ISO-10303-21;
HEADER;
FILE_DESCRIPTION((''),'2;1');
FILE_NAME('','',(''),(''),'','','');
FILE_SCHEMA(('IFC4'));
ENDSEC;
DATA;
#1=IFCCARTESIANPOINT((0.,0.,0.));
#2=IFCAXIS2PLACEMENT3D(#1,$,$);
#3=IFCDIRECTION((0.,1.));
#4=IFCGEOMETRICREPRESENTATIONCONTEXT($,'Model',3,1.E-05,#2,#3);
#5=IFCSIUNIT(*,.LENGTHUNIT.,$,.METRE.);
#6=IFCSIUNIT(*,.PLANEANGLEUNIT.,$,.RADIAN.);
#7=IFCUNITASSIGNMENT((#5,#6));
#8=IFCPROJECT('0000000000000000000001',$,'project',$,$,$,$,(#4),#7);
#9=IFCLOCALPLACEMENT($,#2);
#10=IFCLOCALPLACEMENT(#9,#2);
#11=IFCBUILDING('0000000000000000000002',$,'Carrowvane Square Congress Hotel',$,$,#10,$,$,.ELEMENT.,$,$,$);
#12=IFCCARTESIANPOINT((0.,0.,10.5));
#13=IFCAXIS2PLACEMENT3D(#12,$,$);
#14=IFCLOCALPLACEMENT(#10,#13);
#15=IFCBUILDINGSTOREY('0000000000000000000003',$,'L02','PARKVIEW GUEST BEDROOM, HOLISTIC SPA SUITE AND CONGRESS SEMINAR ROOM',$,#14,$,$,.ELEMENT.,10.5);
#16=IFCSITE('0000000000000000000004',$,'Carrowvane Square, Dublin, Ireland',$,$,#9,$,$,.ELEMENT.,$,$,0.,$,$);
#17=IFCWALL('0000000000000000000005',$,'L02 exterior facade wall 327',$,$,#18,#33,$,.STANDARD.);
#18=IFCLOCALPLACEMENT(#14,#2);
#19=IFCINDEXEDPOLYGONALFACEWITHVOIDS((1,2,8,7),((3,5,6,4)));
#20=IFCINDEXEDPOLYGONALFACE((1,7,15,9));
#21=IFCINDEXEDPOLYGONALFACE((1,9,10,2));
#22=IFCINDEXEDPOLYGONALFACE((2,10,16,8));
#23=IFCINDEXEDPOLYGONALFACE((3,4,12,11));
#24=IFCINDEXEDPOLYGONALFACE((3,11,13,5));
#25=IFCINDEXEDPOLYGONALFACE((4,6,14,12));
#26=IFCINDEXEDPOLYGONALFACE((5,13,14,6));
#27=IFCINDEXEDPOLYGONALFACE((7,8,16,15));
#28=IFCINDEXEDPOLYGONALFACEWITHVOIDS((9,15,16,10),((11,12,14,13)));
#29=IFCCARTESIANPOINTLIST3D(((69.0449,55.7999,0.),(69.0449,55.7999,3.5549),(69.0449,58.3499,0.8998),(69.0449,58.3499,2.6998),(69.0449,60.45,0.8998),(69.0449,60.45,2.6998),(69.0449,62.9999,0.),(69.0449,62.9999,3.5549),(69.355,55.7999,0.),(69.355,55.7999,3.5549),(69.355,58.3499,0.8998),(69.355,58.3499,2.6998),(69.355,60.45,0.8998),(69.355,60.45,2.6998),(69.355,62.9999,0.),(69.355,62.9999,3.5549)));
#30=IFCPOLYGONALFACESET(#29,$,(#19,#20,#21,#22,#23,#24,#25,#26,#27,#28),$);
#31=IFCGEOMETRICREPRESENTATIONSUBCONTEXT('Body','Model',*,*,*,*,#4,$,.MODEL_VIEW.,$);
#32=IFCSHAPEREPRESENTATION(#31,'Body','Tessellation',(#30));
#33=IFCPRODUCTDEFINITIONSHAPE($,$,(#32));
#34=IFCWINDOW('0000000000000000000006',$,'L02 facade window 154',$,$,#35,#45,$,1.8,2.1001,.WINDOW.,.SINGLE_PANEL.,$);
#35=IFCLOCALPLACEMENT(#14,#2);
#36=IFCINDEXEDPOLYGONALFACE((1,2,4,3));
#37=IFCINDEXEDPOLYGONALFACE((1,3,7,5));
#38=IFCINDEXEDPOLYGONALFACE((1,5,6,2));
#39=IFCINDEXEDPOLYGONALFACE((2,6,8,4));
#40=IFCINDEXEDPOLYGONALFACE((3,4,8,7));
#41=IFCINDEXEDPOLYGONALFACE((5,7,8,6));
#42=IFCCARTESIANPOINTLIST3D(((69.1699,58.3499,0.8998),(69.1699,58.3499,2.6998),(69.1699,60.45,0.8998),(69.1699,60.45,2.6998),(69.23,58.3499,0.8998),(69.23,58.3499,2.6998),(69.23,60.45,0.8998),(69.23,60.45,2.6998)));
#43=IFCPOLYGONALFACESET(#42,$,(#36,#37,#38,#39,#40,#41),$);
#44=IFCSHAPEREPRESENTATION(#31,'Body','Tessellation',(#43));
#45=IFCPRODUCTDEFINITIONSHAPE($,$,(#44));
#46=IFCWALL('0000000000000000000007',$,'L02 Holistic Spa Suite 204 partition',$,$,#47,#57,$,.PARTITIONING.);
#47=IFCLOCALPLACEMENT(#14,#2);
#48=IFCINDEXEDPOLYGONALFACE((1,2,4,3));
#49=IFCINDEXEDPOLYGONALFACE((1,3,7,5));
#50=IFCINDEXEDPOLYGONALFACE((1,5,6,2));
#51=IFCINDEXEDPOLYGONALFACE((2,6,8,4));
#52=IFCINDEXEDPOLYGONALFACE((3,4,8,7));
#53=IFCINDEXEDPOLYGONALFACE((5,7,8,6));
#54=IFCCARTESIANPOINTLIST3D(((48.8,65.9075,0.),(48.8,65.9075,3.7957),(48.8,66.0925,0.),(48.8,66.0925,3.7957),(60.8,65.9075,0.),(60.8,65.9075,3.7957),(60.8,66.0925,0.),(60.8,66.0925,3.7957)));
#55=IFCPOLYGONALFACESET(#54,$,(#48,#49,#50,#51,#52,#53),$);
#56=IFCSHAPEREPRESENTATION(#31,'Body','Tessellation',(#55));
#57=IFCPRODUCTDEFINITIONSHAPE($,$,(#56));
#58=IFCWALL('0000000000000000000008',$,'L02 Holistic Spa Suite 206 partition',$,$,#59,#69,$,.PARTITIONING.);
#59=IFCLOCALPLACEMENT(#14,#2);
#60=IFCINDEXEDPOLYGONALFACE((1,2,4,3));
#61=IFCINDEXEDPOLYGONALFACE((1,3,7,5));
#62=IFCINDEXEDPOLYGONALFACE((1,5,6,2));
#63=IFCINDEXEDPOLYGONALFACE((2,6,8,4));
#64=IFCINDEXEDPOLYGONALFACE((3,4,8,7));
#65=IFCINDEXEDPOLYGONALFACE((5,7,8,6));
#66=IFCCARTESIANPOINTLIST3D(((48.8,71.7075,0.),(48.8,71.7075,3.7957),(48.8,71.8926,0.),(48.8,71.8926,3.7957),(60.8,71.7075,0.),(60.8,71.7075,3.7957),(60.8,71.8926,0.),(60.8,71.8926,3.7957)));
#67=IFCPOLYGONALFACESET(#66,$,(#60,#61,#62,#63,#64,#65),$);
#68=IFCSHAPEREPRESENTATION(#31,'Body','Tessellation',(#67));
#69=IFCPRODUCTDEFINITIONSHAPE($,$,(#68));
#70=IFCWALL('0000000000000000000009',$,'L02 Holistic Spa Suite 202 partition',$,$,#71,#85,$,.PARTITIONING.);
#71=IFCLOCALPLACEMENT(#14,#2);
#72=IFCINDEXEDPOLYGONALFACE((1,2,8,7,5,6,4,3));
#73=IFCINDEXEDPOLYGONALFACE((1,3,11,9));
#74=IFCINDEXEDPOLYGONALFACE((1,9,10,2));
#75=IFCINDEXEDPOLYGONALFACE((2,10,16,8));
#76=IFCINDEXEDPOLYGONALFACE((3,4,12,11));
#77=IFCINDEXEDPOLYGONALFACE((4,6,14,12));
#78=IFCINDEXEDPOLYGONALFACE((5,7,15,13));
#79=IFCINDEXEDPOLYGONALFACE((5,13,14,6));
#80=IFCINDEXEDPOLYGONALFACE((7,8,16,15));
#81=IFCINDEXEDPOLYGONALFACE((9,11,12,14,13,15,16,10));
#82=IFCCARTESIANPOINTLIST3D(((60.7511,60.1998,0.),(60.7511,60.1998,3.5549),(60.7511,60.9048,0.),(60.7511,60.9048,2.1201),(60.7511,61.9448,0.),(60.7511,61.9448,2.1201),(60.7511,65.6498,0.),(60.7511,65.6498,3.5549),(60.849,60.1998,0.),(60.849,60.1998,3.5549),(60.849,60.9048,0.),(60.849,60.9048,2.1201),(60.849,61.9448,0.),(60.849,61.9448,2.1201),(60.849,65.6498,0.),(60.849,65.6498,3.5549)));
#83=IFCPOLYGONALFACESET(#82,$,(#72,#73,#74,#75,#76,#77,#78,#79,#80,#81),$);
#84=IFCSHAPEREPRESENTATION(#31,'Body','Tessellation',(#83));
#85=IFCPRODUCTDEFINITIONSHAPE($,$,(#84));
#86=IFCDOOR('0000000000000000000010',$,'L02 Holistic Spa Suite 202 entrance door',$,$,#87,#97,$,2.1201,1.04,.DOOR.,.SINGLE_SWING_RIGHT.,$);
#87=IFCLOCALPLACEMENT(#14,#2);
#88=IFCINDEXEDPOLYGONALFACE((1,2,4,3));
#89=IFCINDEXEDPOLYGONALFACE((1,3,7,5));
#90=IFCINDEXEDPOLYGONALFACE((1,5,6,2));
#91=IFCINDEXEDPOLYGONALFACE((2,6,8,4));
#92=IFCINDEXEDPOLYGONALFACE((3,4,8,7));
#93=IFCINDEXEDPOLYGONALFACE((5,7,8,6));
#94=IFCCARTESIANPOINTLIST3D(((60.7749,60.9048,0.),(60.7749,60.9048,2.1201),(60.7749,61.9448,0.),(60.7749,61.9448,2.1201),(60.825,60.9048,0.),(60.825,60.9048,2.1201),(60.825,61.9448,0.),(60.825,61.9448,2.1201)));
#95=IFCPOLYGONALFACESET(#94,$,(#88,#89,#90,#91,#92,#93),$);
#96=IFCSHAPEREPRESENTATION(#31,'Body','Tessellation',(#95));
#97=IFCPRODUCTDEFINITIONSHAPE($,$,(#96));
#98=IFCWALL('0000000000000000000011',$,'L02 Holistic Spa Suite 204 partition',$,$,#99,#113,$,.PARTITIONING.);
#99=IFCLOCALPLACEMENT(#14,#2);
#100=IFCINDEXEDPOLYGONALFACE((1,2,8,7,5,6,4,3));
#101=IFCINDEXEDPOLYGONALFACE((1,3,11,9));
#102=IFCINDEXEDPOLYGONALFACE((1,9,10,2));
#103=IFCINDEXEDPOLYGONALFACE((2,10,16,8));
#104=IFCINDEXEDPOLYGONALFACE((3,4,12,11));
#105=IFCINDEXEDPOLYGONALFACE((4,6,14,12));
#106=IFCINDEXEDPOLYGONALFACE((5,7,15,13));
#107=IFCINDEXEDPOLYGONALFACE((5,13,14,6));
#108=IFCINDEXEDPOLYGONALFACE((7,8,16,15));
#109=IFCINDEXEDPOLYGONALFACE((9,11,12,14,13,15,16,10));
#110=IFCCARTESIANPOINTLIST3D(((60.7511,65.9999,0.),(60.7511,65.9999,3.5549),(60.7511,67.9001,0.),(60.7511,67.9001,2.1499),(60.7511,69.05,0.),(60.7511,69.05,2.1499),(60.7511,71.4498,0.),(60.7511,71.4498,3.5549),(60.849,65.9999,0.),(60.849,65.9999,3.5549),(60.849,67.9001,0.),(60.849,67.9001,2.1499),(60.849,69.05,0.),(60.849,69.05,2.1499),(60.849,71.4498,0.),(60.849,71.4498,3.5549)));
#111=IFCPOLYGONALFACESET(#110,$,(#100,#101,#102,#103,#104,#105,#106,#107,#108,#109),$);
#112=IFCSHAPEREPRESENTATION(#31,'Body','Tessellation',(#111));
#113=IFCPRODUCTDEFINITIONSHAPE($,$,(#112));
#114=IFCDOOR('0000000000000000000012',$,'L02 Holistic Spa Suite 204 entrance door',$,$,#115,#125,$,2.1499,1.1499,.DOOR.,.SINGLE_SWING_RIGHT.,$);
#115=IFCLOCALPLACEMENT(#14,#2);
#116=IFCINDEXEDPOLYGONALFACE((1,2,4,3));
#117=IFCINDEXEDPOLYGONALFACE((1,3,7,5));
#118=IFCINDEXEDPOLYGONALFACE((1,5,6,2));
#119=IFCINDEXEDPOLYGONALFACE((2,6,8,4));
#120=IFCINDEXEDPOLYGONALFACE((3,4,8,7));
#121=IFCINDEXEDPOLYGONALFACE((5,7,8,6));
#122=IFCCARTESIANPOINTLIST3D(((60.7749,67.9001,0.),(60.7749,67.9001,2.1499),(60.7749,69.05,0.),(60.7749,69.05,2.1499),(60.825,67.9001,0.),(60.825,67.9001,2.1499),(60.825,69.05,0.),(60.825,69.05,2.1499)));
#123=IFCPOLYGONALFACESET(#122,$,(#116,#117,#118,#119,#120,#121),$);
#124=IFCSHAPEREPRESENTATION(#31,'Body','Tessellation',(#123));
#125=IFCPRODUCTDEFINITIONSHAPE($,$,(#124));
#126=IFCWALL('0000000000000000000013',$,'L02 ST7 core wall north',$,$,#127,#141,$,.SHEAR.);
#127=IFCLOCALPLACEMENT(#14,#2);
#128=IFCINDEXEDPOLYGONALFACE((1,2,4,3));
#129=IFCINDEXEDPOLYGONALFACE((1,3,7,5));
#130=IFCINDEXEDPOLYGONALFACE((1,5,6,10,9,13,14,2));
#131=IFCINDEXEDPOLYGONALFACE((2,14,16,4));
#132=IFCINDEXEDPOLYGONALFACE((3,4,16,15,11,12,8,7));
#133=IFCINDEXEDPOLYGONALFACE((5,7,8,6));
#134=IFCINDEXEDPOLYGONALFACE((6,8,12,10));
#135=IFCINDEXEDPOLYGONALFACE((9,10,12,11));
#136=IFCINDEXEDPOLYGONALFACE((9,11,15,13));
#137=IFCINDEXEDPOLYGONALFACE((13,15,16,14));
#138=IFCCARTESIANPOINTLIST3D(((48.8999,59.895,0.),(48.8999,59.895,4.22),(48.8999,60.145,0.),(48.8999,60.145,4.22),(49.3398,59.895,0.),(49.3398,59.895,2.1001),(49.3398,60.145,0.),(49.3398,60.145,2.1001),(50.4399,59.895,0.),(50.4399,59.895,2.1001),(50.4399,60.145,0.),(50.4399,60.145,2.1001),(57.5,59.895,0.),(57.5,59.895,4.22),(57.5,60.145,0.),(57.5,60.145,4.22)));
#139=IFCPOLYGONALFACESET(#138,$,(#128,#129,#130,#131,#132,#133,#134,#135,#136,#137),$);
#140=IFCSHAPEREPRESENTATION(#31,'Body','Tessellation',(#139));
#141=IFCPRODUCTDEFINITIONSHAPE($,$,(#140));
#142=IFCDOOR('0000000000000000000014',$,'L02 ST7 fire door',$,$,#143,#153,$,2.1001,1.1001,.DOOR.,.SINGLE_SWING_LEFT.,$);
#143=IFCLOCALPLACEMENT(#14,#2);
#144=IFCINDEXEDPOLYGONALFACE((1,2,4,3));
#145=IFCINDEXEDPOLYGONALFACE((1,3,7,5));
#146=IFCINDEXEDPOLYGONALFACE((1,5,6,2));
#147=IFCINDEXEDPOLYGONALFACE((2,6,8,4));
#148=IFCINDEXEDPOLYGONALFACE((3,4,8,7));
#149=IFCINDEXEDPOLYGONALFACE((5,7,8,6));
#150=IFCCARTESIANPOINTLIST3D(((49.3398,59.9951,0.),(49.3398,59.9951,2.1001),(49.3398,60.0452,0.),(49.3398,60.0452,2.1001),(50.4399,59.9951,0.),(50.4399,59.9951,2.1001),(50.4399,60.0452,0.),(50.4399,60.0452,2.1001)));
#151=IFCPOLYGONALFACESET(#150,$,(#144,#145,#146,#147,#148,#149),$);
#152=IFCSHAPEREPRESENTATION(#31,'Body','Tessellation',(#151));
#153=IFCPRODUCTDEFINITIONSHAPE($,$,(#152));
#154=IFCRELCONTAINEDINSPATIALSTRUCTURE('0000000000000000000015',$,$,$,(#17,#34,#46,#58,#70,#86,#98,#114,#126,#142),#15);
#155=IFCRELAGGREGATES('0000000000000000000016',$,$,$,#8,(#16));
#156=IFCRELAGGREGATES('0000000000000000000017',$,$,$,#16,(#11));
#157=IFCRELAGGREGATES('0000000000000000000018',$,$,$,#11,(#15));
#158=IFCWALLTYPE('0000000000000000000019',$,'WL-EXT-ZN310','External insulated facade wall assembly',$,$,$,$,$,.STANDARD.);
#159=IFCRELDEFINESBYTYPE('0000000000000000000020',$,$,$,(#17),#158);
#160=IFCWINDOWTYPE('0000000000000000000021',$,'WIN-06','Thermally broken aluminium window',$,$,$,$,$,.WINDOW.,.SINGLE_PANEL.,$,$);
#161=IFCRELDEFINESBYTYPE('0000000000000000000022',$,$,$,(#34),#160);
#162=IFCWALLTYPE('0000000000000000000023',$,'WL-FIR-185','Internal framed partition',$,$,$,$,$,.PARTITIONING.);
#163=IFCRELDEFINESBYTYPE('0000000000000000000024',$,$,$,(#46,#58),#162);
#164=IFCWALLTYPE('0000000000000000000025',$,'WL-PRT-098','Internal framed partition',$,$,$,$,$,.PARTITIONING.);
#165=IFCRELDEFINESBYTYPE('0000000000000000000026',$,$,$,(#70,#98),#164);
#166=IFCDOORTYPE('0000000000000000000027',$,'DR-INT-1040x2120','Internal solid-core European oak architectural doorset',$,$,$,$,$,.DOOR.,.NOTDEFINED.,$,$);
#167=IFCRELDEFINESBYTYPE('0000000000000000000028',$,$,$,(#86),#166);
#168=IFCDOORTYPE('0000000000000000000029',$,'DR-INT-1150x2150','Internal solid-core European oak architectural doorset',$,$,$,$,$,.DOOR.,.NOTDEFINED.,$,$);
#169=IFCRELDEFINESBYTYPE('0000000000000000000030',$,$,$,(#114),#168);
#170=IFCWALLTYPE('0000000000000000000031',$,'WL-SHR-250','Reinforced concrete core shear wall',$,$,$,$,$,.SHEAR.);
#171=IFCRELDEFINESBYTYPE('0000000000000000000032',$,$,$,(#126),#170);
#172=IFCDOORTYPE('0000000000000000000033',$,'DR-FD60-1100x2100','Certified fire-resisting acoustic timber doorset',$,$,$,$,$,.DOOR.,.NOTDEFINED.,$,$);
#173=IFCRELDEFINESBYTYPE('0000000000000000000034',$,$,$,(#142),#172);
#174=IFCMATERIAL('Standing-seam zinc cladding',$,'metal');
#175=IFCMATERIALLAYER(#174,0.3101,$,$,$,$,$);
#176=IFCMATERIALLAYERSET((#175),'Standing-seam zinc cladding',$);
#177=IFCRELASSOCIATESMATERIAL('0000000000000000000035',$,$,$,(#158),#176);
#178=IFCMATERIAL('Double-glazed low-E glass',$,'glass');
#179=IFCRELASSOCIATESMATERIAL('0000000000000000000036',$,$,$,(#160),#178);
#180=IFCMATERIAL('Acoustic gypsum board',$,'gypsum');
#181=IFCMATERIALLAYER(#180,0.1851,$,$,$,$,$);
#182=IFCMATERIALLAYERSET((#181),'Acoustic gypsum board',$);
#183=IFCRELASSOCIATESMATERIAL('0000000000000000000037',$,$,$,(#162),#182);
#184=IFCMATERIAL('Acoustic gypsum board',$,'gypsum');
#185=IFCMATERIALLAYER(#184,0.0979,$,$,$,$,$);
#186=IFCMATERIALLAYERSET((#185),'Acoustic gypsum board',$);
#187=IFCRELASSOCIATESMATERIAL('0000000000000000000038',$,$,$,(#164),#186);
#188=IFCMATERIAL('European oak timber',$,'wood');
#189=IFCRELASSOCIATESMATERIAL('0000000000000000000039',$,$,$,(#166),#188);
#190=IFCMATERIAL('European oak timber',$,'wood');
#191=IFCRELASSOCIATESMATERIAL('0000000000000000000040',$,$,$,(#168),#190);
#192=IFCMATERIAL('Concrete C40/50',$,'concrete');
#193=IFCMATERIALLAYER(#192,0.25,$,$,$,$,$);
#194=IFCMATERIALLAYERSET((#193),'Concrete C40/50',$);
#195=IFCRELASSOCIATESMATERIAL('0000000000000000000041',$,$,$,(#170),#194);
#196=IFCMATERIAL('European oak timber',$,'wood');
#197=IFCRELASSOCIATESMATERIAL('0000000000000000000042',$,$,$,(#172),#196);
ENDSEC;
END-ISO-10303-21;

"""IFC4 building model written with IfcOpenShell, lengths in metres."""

from ifc_helpers import new_model, si_unit, direction, frame, frame_2d, origin, place, context, subcontext, project, spatial, rectangle, extrude, material, layer, layer_set, type_object, element, fill, save


model = new_model("IFC4")

# Units and contexts
model_context = context("Model", 3, precision=1e-05, world=origin(), true_north=direction((0.0, 1.0)))
body_context = subcontext(model_context, "Body", "Model", "MODEL_VIEW")
ifc_project = project(units=[si_unit("LENGTHUNIT", "METRE"), si_unit("PLANEANGLEUNIT", "RADIAN")], contexts=[model_context])

# Site, building, storey
site_placement = place(None, origin())
site = spatial("IfcSite", under=ifc_project, at=site_placement, Name="Carrowvane Square, Dublin, Ireland", CompositionType="ELEMENT", RefElevation=0.0)
building_placement = place(site_placement, origin())
building = spatial("IfcBuilding", under=site, at=building_placement, Name="Carrowvane Square Congress Hotel", CompositionType="ELEMENT")
storey_placement = place(building_placement, frame((0.0, 0.0, 10.5)))
storey = spatial("IfcBuildingStorey", under=building, at=storey_placement, Name="L02", Description="PARKVIEW GUEST BEDROOM, HOLISTIC SPA SUITE AND CONGRESS SEMINAR ROOM", CompositionType="ELEMENT", Elevation=10.5)

# Wall, opening, window
ifc_material_1 = material(Name="Standing-seam zinc cladding", Category="metal")
ifc_layer_1 = layer(ifc_material_1, 0.3101)
ifc_layer_set_1 = layer_set([ifc_layer_1], Name="Standing-seam zinc cladding")
wall_type_1 = type_object("IfcWallType", Name="WL-EXT-ZN310", Description="External insulated facade wall assembly", PredefinedType="STANDARD", material=ifc_layer_set_1)
wall_1_placement = place(storey_placement, frame((69.2, 63.0, 0.0), z_axis=(0.0, 0.0, 1.0), x_axis=(0.0, -1.0, 0.0)))
wall_1 = element("IfcWall", 1, at=wall_1_placement, inside=storey, type_object=wall_type_1, Name="L02 exterior facade wall 327", PredefinedType="STANDARD", context=body_context, shape_type="SweptSolid", body=[
    extrude(rectangle(XDim=7.2, YDim=0.3101, at=frame_2d((3.6001, 0.0))), origin(), (0.0, 0.0, 1.0), 3.5549),
])
opening_1_placement = place(wall_1_placement, frame((2.55, 0.0, 0.8999)))
opening_1 = element("IfcOpeningElement", 2, at=opening_1_placement, cuts=wall_1, PredefinedType="OPENING", context=body_context, shape_type="SweptSolid", body=[
    extrude(rectangle(XDim=2.1001, YDim=1.8, at=frame_2d((1.05, 0.8999))), frame((0.0, 0.165, 0.0), z_axis=(0.0, -1.0, 0.0), x_axis=(1.0, 0.0, 0.0)), (0.0, 0.0, 1.0), 0.3301),
])
ifc_material_2 = material(Name="Double-glazed low-E glass", Category="glass")
window_type_1 = type_object("IfcWindowType", Name="WIN-06", Description="Thermally broken aluminium window", PartitioningType="SINGLE_PANEL", PredefinedType="WINDOW", material=ifc_material_2)
window_1_placement = place(opening_1_placement, origin())
window_1 = element("IfcWindow", 3, at=window_1_placement, inside=storey, type_object=window_type_1, Name="L02 facade window 154", OverallHeight=1.8, OverallWidth=2.1001, PartitioningType="SINGLE_PANEL", PredefinedType="WINDOW", context=body_context, shape_type="SweptSolid", body=[
    extrude(rectangle(XDim=2.1001, YDim=1.8, at=frame_2d((1.05, 0.8999))), frame((0.0, 0.03, 0.0), z_axis=(0.0, -1.0, 0.0), x_axis=(1.0, 0.0, 0.0)), (0.0, 0.0, 1.0), 0.0601),
])
fill(opening_1, window_1)

# Walls
ifc_material_3 = material(Name="Acoustic gypsum board", Category="gypsum")
ifc_layer_2 = layer(ifc_material_3, 0.1851)
ifc_layer_set_2 = layer_set([ifc_layer_2], Name="Acoustic gypsum board")
wall_type_2 = type_object("IfcWallType", Name="WL-FIR-185", Description="Internal framed partition", PredefinedType="PARTITIONING", material=ifc_layer_set_2)
for number, where, z_axis, x_axis, name in (
    (4, (60.8, 66.0, 0.0), (0.0, 0.0, 1.0), (-1.0, 0.0, 0.0), "L02 Holistic Spa Suite 204 partition"),
    (5, (60.8, 71.8, 0.0), (0.0, 0.0, 1.0), (-1.0, 0.0, 0.0), "L02 Holistic Spa Suite 206 partition"),
):
    element("IfcWall", number, at=place(storey_placement, frame(where, z_axis=z_axis, x_axis=x_axis)), inside=storey, type_object=wall_type_2, Name=name, PredefinedType="PARTITIONING", context=body_context, shape_type="SweptSolid", body=[
        extrude(rectangle(XDim=12.0, YDim=0.1851, at=frame_2d((6.0, 0.0))), origin(), (0.0, 0.0, 1.0), 3.7957),
    ])

# Walls, openings, doors
ifc_material_4 = material(Name="Acoustic gypsum board", Category="gypsum")
ifc_layer_3 = layer(ifc_material_4, 0.0979)
ifc_layer_set_3 = layer_set([ifc_layer_3], Name="Acoustic gypsum board")
wall_type_3 = type_object("IfcWallType", Name="WL-PRT-098", Description="Internal framed partition", PredefinedType="PARTITIONING", material=ifc_layer_set_3)
wall_2_placement = place(storey_placement, frame((60.8, 65.6499, 0.0), z_axis=(0.0, 0.0, 1.0), x_axis=(0.0, -1.0, 0.0)))
wall_2 = element("IfcWall", 6, at=wall_2_placement, inside=storey, type_object=wall_type_3, Name="L02 Holistic Spa Suite 202 partition", PredefinedType="PARTITIONING", context=body_context, shape_type="SweptSolid", body=[
    extrude(rectangle(XDim=5.45, YDim=0.0979, at=frame_2d((2.7251, 0.0))), origin(), (0.0, 0.0, 1.0), 3.5549),
])
opening_2_placement = place(wall_2_placement, frame((3.7051, 0.0, 0.0)))
opening_2 = element("IfcOpeningElement", 7, at=opening_2_placement, cuts=wall_2, PredefinedType="OPENING", context=body_context, shape_type="SweptSolid", body=[
    extrude(rectangle(XDim=1.04, YDim=2.1201, at=frame_2d((0.52, 1.0601))), frame((0.0, 0.0588, 0.0), z_axis=(0.0, -1.0, 0.0), x_axis=(1.0, 0.0, 0.0)), (0.0, 0.0, 1.0), 0.1179),
])
ifc_material_5 = material(Name="European oak timber", Category="wood")
door_type_1 = type_object("IfcDoorType", Name="DR-INT-1040x2120", Description="Internal solid-core European oak architectural doorset", OperationType="NOTDEFINED", PredefinedType="DOOR", material=ifc_material_5)
door_1_placement = place(opening_2_placement, origin())
door_1 = element("IfcDoor", 8, at=door_1_placement, inside=storey, type_object=door_type_1, Name="L02 Holistic Spa Suite 202 entrance door", OperationType="SINGLE_SWING_RIGHT", OverallHeight=2.1201, OverallWidth=1.04, PredefinedType="DOOR", context=body_context, shape_type="SweptSolid", body=[
    extrude(rectangle(XDim=1.04, YDim=2.1201, at=frame_2d((0.52, 1.0601))), frame((0.0, 0.0249, 0.0), z_axis=(0.0, -1.0, 0.0), x_axis=(1.0, 0.0, 0.0)), (0.0, 0.0, 1.0), 0.05),
])
fill(opening_2, door_1)
wall_3_placement = place(storey_placement, frame((60.8, 71.45, 0.0), z_axis=(0.0, 0.0, 1.0), x_axis=(0.0, -1.0, 0.0)))
wall_3 = element("IfcWall", 9, at=wall_3_placement, inside=storey, type_object=wall_type_3, Name="L02 Holistic Spa Suite 204 partition", PredefinedType="PARTITIONING", context=body_context, shape_type="SweptSolid", body=[
    extrude(rectangle(XDim=5.45, YDim=0.0979, at=frame_2d((2.7251, 0.0))), origin(), (0.0, 0.0, 1.0), 3.5549),
])
opening_3_placement = place(wall_3_placement, frame((2.3999, 0.0, 0.0)))
opening_3 = element("IfcOpeningElement", 10, at=opening_3_placement, cuts=wall_3, PredefinedType="OPENING", context=body_context, shape_type="SweptSolid", body=[
    extrude(rectangle(XDim=1.1499, YDim=2.1499, at=frame_2d((0.575, 1.075))), frame((0.0, 0.0588, 0.0), z_axis=(0.0, -1.0, 0.0), x_axis=(1.0, 0.0, 0.0)), (0.0, 0.0, 1.0), 0.1179),
])
ifc_material_6 = material(Name="European oak timber", Category="wood")
door_type_2 = type_object("IfcDoorType", Name="DR-INT-1150x2150", Description="Internal solid-core European oak architectural doorset", OperationType="NOTDEFINED", PredefinedType="DOOR", material=ifc_material_6)
door_2_placement = place(opening_3_placement, origin())
door_2 = element("IfcDoor", 11, at=door_2_placement, inside=storey, type_object=door_type_2, Name="L02 Holistic Spa Suite 204 entrance door", OperationType="SINGLE_SWING_RIGHT", OverallHeight=2.1499, OverallWidth=1.1499, PredefinedType="DOOR", context=body_context, shape_type="SweptSolid", body=[
    extrude(rectangle(XDim=1.1499, YDim=2.1499, at=frame_2d((0.575, 1.075))), frame((0.0, 0.0249, 0.0), z_axis=(0.0, -1.0, 0.0), x_axis=(1.0, 0.0, 0.0)), (0.0, 0.0, 1.0), 0.05),
])
fill(opening_3, door_2)
ifc_material_7 = material(Name="Concrete C40/50", Category="concrete")
ifc_layer_4 = layer(ifc_material_7, 0.25)
ifc_layer_set_4 = layer_set([ifc_layer_4], Name="Concrete C40/50")
wall_type_4 = type_object("IfcWallType", Name="WL-SHR-250", Description="Reinforced concrete core shear wall", PredefinedType="SHEAR", material=ifc_layer_set_4)
wall_4_placement = place(storey_placement, frame((57.5, 60.02, 0.0), z_axis=(0.0, 0.0, 1.0), x_axis=(-1.0, 0.0, 0.0)))
wall_4 = element("IfcWall", 12, at=wall_4_placement, inside=storey, type_object=wall_type_4, Name="L02 ST7 core wall north", PredefinedType="SHEAR", context=body_context, shape_type="SweptSolid", body=[
    extrude(rectangle(XDim=8.6001, YDim=0.25, at=frame_2d((4.3, 0.0))), origin(), (0.0, 0.0, 1.0), 4.22),
])
opening_4_placement = place(wall_4_placement, frame((7.0601, 0.0, 0.0)))
opening_4 = element("IfcOpeningElement", 13, at=opening_4_placement, cuts=wall_4, PredefinedType="OPENING", context=body_context, shape_type="SweptSolid", body=[
    extrude(rectangle(XDim=1.1001, YDim=2.1001, at=frame_2d((0.55, 1.05))), frame((0.0, 0.135, 0.0), z_axis=(0.0, -1.0, 0.0), x_axis=(1.0, 0.0, 0.0)), (0.0, 0.0, 1.0), 0.27),
])
ifc_material_8 = material(Name="European oak timber", Category="wood")
door_type_3 = type_object("IfcDoorType", Name="DR-FD60-1100x2100", Description="Certified fire-resisting acoustic timber doorset", OperationType="NOTDEFINED", PredefinedType="DOOR", material=ifc_material_8)
door_3_placement = place(opening_4_placement, origin())
door_3 = element("IfcDoor", 14, at=door_3_placement, inside=storey, type_object=door_type_3, Name="L02 ST7 fire door", OperationType="SINGLE_SWING_LEFT", OverallHeight=2.1001, OverallWidth=1.1001, PredefinedType="DOOR", context=body_context, shape_type="SweptSolid", body=[
    extrude(rectangle(XDim=1.1001, YDim=2.1001, at=frame_2d((0.55, 1.05))), frame((0.0, 0.0249, 0.0), z_axis=(0.0, -1.0, 0.0), x_axis=(1.0, 0.0, 0.0)), (0.0, 0.0, 1.0), 0.05),
])
fill(opening_4, door_3)

save(model, "model.ifc")
